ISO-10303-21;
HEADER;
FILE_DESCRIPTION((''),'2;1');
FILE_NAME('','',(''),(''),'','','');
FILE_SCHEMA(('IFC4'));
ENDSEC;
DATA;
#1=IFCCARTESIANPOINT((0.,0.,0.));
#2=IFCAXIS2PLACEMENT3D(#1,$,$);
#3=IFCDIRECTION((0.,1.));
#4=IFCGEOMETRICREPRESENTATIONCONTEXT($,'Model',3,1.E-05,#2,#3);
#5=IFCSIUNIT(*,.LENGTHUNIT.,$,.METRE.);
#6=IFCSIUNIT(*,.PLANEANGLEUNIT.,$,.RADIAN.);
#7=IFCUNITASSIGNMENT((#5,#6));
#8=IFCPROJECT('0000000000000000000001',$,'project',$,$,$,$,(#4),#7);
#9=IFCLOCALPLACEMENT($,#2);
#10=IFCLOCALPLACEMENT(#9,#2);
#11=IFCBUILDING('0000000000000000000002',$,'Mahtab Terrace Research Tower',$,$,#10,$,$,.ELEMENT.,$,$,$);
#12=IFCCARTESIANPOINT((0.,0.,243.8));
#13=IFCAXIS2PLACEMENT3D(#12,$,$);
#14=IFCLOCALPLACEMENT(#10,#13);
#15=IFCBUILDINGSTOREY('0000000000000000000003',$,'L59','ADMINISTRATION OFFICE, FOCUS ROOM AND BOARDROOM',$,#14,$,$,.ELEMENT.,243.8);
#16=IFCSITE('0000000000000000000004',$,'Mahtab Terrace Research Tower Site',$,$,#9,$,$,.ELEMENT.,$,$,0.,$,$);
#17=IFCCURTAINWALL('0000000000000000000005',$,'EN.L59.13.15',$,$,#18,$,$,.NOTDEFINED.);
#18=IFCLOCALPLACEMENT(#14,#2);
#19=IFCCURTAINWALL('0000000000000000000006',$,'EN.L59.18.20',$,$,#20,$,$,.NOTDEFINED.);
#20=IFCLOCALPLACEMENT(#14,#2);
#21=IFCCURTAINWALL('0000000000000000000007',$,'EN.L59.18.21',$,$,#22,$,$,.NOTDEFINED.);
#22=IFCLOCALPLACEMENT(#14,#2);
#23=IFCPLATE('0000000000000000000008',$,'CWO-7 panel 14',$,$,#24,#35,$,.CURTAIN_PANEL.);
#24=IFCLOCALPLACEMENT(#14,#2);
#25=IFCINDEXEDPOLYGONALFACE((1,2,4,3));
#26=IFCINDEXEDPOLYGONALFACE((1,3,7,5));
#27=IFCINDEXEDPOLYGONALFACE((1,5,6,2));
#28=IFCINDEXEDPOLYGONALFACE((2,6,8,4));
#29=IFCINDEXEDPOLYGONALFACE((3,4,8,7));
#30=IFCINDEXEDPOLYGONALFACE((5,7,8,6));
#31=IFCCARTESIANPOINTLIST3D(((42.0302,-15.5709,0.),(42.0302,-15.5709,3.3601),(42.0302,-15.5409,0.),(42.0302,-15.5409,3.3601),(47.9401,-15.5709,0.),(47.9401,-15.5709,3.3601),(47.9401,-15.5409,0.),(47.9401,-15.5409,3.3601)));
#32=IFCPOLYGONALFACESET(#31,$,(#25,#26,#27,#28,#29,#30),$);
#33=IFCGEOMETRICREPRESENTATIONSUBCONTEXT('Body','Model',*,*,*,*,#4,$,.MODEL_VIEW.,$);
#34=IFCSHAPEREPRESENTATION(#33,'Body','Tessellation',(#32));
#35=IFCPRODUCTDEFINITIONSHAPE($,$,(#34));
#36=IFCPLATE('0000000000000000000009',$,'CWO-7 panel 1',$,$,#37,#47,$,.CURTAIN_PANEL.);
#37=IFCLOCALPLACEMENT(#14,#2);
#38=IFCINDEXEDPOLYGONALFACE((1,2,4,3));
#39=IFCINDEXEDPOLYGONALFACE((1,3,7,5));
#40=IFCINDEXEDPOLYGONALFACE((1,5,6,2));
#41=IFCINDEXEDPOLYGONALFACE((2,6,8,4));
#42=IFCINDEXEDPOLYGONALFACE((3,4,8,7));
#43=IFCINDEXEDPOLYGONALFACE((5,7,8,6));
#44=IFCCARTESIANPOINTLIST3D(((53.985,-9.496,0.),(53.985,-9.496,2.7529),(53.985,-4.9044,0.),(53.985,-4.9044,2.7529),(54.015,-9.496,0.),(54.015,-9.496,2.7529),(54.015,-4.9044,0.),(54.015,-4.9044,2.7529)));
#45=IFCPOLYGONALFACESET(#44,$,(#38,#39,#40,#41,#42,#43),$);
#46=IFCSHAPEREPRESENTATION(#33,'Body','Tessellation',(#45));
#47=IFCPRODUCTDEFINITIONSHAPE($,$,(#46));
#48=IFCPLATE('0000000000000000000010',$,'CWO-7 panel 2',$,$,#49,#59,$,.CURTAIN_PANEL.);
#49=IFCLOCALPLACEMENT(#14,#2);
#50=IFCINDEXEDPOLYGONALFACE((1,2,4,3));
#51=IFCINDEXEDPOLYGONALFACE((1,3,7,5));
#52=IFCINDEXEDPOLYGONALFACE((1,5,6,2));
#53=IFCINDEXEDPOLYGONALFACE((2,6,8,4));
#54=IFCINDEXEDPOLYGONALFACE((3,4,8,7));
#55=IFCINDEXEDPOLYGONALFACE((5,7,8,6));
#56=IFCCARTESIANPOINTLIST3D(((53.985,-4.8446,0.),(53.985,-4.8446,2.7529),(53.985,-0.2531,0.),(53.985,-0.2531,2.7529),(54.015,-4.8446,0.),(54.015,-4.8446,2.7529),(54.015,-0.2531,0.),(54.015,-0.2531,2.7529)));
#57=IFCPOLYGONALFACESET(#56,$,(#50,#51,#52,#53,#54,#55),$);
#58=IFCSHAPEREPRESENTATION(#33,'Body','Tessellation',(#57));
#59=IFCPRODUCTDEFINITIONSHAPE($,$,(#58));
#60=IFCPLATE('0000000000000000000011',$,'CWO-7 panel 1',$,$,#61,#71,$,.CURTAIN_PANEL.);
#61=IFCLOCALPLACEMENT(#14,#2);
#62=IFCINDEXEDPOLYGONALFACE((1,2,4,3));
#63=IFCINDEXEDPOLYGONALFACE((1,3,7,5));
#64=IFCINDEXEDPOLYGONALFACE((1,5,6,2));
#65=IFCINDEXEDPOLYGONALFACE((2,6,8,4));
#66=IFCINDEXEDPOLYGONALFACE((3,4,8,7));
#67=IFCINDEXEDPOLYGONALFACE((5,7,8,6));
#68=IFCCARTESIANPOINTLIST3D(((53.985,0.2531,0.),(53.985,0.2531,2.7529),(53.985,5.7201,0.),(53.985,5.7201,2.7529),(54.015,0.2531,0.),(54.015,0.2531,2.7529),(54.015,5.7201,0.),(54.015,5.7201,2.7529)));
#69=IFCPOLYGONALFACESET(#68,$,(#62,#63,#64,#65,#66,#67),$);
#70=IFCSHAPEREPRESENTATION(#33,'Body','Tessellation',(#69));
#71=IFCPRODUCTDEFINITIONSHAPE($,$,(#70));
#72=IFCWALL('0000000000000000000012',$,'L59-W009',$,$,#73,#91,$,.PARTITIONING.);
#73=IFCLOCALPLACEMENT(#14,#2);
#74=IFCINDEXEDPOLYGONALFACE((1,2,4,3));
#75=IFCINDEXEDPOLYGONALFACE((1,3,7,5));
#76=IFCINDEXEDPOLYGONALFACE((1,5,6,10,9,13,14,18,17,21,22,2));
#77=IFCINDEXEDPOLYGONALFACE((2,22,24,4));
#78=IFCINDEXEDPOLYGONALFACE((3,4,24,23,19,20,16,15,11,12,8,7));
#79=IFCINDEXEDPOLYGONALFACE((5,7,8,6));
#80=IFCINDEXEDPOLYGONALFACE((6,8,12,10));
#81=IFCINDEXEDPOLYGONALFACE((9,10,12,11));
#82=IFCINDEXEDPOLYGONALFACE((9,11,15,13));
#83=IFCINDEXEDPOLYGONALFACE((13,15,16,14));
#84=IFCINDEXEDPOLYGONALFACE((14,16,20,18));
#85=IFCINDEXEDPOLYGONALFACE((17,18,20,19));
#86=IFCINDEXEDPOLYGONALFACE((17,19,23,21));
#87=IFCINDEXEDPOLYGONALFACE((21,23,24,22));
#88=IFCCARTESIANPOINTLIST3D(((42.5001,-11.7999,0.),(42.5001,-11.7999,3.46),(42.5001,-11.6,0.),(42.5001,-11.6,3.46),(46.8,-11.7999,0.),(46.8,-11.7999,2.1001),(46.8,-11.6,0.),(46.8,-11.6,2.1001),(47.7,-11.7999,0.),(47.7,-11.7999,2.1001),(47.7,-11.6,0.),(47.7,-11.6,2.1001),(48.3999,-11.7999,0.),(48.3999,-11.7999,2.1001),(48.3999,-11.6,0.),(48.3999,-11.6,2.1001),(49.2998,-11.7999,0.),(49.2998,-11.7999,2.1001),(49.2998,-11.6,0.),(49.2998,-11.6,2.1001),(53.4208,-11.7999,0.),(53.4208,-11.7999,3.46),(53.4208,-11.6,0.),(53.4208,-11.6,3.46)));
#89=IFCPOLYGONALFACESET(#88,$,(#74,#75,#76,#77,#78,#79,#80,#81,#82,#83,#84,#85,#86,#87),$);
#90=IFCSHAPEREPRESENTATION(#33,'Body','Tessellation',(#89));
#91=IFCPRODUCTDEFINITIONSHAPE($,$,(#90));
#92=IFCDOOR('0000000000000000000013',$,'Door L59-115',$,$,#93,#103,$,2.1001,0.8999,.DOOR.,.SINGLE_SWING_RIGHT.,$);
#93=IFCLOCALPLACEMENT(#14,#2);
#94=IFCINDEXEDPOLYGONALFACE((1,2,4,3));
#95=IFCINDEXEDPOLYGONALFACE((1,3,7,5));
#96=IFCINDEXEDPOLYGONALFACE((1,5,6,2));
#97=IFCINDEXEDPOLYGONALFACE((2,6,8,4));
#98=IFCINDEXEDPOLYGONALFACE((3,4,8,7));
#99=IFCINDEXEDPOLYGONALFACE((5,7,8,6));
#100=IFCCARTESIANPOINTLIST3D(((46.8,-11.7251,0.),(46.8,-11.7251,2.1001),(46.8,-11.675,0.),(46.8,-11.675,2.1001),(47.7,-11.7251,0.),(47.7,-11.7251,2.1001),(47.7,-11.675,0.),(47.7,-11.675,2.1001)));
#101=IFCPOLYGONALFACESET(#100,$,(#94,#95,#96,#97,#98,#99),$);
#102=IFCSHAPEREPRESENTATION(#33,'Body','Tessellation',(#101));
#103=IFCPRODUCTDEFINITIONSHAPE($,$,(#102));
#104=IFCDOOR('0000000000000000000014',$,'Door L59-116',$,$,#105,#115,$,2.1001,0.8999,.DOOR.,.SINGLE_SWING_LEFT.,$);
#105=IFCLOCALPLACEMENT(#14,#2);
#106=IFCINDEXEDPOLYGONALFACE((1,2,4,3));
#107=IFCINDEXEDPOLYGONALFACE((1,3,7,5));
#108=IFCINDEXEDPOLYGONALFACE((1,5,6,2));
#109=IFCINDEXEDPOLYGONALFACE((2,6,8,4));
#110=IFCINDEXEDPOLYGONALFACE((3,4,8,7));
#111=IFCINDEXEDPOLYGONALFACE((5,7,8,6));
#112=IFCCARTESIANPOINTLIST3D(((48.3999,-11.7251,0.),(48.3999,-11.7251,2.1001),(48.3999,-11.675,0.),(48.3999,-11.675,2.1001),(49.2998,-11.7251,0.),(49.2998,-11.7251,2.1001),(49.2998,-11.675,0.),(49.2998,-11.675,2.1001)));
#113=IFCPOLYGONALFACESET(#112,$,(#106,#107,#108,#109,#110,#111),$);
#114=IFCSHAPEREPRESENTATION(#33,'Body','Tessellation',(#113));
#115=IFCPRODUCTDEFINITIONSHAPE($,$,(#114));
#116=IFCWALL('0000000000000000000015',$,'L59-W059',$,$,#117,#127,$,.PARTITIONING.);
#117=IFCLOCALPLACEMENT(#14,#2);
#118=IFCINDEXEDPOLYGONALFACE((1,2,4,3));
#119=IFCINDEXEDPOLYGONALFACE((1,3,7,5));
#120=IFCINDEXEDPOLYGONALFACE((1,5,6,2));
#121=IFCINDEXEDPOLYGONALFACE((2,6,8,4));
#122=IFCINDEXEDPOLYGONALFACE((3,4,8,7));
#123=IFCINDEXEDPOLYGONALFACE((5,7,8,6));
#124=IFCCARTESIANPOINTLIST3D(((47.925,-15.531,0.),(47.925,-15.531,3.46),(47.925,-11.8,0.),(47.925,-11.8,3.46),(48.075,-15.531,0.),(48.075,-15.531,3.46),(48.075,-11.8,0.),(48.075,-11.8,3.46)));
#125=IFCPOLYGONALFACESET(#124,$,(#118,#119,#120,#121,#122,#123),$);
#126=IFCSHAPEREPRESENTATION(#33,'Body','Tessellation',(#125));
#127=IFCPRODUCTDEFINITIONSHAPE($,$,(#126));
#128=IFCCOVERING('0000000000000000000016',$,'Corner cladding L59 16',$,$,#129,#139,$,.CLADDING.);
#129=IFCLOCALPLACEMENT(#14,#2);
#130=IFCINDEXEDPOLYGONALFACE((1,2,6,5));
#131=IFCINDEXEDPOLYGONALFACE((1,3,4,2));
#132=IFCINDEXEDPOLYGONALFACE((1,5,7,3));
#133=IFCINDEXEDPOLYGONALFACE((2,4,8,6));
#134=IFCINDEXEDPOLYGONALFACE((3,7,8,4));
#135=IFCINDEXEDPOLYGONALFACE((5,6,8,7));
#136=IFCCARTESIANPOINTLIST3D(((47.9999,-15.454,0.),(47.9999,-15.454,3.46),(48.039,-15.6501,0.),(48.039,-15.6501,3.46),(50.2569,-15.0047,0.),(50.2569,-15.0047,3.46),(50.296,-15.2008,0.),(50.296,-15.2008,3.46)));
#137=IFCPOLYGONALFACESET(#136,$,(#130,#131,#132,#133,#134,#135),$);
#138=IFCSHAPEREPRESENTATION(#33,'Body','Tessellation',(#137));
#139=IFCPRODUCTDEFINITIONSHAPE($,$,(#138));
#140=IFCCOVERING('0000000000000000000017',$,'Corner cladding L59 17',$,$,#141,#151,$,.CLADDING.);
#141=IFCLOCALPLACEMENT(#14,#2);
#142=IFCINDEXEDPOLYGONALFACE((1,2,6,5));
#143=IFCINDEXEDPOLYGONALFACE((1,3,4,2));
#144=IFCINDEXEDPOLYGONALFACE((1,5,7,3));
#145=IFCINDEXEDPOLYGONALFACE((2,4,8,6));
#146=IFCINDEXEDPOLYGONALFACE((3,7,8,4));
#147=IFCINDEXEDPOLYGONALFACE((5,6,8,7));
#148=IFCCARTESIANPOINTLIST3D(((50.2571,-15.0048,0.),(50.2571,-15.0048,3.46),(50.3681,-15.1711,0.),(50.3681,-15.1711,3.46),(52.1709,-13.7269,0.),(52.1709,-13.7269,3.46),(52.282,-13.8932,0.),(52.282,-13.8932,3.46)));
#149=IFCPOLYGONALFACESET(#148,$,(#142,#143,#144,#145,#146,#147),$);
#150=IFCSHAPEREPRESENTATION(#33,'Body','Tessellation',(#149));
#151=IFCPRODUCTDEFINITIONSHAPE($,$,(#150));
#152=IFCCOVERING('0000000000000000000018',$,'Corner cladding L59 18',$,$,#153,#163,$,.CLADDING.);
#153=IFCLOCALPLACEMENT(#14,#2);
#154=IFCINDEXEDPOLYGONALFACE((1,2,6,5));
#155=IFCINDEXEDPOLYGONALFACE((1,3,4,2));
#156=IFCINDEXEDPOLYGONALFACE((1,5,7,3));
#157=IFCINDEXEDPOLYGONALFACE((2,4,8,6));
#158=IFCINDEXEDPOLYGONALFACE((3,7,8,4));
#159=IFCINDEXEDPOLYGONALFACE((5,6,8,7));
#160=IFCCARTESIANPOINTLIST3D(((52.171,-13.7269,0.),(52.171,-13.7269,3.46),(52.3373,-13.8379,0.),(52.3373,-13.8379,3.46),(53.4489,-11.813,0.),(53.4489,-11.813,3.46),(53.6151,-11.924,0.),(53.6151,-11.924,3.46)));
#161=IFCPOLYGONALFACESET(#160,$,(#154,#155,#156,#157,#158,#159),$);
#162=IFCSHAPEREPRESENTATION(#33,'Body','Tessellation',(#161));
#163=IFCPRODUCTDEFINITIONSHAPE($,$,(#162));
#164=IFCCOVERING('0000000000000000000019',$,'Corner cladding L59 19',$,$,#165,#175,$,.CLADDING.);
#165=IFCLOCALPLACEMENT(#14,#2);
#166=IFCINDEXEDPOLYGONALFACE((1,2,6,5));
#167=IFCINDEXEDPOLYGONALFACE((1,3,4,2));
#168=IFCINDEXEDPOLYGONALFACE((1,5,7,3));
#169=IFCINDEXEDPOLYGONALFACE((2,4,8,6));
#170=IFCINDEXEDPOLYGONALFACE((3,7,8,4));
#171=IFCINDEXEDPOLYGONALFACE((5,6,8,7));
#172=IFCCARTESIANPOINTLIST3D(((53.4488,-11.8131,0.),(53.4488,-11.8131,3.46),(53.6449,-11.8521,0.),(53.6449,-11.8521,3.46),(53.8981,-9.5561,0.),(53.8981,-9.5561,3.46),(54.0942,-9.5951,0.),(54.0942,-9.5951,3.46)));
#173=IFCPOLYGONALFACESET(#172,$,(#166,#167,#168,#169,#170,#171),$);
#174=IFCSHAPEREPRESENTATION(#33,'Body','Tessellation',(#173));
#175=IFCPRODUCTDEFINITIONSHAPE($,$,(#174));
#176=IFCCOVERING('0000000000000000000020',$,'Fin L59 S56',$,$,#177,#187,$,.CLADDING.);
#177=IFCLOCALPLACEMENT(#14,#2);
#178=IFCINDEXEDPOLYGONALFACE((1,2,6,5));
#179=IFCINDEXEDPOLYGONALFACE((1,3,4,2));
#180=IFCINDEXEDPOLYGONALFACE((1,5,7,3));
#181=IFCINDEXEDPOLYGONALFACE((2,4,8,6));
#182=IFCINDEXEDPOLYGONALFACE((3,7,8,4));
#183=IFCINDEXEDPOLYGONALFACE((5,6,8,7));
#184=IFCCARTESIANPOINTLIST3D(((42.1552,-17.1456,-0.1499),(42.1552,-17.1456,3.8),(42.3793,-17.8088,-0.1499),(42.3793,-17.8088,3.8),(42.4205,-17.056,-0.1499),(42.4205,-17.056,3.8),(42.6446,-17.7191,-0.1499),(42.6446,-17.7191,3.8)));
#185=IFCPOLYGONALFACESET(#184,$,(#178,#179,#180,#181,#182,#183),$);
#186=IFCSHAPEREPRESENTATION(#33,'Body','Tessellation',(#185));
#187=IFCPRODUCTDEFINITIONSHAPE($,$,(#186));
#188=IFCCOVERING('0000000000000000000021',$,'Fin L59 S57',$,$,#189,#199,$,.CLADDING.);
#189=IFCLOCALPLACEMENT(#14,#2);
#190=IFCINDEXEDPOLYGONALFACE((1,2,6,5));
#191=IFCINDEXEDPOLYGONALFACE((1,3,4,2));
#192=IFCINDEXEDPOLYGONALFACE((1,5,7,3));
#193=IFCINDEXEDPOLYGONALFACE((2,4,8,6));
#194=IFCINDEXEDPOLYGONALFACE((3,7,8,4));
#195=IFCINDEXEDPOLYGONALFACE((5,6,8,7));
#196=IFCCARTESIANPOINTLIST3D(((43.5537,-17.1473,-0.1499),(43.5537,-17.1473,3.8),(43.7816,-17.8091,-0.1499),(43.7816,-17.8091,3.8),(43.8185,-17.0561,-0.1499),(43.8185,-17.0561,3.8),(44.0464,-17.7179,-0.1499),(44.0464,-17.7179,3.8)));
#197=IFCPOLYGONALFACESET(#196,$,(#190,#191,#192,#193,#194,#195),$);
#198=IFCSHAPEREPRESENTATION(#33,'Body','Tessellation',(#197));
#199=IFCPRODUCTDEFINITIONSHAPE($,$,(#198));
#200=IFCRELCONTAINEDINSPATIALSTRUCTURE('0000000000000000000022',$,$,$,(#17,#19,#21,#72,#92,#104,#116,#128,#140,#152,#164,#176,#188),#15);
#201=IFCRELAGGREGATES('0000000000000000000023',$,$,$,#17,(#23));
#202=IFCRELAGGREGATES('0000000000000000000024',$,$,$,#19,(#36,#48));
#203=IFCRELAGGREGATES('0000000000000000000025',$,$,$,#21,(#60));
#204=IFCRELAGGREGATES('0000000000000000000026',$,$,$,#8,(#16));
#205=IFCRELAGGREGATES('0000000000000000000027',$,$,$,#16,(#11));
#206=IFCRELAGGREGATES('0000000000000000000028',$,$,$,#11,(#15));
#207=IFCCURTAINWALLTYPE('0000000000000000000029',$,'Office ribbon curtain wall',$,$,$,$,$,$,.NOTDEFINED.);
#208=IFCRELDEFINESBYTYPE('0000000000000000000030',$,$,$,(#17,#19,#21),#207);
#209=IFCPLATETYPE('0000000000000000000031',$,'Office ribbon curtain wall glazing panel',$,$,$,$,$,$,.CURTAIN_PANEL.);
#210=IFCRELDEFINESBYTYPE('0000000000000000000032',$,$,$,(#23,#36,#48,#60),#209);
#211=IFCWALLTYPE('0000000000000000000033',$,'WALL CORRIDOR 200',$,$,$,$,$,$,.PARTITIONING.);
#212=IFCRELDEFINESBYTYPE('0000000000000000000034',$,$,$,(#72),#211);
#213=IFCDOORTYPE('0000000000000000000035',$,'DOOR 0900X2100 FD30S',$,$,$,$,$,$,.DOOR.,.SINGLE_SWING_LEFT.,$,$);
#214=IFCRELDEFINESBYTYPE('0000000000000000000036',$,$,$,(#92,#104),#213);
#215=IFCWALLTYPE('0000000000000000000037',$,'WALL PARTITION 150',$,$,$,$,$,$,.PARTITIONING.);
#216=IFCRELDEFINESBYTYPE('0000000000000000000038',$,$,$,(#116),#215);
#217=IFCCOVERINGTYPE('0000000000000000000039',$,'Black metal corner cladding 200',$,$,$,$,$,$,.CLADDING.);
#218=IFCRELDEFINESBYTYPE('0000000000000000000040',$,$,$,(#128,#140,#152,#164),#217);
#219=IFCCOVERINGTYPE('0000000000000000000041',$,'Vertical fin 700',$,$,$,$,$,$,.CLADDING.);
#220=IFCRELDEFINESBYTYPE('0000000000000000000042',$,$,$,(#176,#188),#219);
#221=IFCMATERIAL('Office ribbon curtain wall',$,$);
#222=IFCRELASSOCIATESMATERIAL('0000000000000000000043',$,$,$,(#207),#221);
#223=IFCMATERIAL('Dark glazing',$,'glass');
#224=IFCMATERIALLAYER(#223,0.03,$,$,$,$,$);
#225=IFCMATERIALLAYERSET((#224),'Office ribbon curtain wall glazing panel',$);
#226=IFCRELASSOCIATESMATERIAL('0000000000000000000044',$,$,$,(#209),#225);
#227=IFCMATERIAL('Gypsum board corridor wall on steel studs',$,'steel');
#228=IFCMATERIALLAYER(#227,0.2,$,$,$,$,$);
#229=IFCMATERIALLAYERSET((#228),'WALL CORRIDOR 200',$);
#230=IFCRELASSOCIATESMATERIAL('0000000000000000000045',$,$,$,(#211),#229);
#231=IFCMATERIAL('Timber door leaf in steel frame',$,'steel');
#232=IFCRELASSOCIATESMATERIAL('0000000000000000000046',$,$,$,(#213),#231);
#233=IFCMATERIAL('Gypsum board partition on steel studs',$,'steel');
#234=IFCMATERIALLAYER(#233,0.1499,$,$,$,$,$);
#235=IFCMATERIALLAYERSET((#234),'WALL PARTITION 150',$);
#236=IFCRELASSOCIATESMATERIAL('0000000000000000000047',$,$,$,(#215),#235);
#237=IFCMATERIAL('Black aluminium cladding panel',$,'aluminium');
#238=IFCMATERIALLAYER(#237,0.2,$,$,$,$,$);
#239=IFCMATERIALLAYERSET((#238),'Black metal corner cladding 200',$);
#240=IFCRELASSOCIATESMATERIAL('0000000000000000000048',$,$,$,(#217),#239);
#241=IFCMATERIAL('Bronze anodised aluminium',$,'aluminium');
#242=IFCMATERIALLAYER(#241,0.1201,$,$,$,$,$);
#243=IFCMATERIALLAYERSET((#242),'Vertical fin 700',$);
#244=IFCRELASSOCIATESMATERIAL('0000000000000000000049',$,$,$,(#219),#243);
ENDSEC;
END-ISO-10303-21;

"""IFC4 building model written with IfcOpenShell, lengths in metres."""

from ifc_helpers import new_model, si_unit, direction, frame, frame_2d, origin, origin_2d, place, context, subcontext, project, spatial, rectangle, extrude, material, layer, layer_set, type_object, element, fill, aggregate, save


model = new_model("IFC4")

# Units and contexts
model_context = context("Model", 3, precision=1e-05, world=origin(), true_north=direction((0.0, 1.0)))
body_context = subcontext(model_context, "Body", "Model", "MODEL_VIEW")
ifc_project = project(units=[si_unit("LENGTHUNIT", "METRE"), si_unit("PLANEANGLEUNIT", "RADIAN")], contexts=[model_context])

# Site, building, storey
site_placement = place(None, origin())
site = spatial("IfcSite", under=ifc_project, at=site_placement, Name="Mahtab Terrace Research Tower Site", CompositionType="ELEMENT", RefElevation=0.0)
building_placement = place(site_placement, origin())
building = spatial("IfcBuilding", under=site, at=building_placement, Name="Mahtab Terrace Research Tower", CompositionType="ELEMENT")
storey_placement = place(building_placement, frame((0.0, 0.0, 243.8)))
storey = spatial("IfcBuildingStorey", under=building, at=storey_placement, Name="L59", Description="ADMINISTRATION OFFICE, FOCUS ROOM AND BOARDROOM", CompositionType="ELEMENT", Elevation=243.8)

# Curtain wall
ifc_material_1 = material(Name="Office ribbon curtain wall")
curtain_wall_type = type_object("IfcCurtainWallType", Name="Office ribbon curtain wall", PredefinedType="NOTDEFINED", material=ifc_material_1)
curtain_wall_1_placement = place(storey_placement, origin())
curtain_wall_1 = element("IfcCurtainWall", 1, at=curtain_wall_1_placement, inside=storey, type_object=curtain_wall_type, Name="EN.L59.13.15", PredefinedType="NOTDEFINED")

# Curtain wall
curtain_wall_2_placement = place(storey_placement, origin())
curtain_wall_2 = element("IfcCurtainWall", 2, at=curtain_wall_2_placement, inside=storey, type_object=curtain_wall_type, Name="EN.L59.18.20", PredefinedType="NOTDEFINED")

# Curtain wall
curtain_wall_3_placement = place(storey_placement, origin())
curtain_wall_3 = element("IfcCurtainWall", 3, at=curtain_wall_3_placement, inside=storey, type_object=curtain_wall_type, Name="EN.L59.18.21", PredefinedType="NOTDEFINED")

# Plates
ifc_material_2 = material(Name="Dark glazing", Category="glass")
ifc_layer_1 = layer(ifc_material_2, 0.03)
ifc_layer_set_1 = layer_set([ifc_layer_1], Name="Office ribbon curtain wall glazing panel")
plate_type = type_object("IfcPlateType", Name="Office ribbon curtain wall glazing panel", PredefinedType="CURTAIN_PANEL", material=ifc_layer_set_1)
plate_1_placement = place(storey_placement, frame((44.9851, -15.5559, 0.0), z_axis=(0.0, 0.0, 1.0), x_axis=(1.0, 0.0, 0.0)))
plate_1 = element("IfcPlate", 4, at=plate_1_placement, type_object=plate_type, Name="CWO-7 panel 14", PredefinedType="CURTAIN_PANEL", context=body_context, shape_type="SweptSolid", body=[
    extrude(rectangle(XDim=5.9099, YDim=0.03, at=origin_2d()), origin(), (0.0, 0.0, 1.0), 3.3601),
])
aggregate(curtain_wall_1, [plate_1])
plate_2_placement = place(storey_placement, frame((54.0, -7.2002, 0.0), z_axis=(0.0, 0.0, 1.0), x_axis=(0.0, 1.0, 0.0)))
plate_2 = element("IfcPlate", 5, at=plate_2_placement, type_object=plate_type, Name="CWO-7 panel 1", PredefinedType="CURTAIN_PANEL", context=body_context, shape_type="SweptSolid", body=[
    extrude(rectangle(XDim=4.5916, YDim=0.03, at=origin_2d()), origin(), (0.0, 0.0, 1.0), 2.7529),
])
plate_3_placement = place(storey_placement, frame((54.0, -2.5488, 0.0), z_axis=(0.0, 0.0, 1.0), x_axis=(0.0, 1.0, 0.0)))
plate_3 = element("IfcPlate", 6, at=plate_3_placement, type_object=plate_type, Name="CWO-7 panel 2", PredefinedType="CURTAIN_PANEL", context=body_context, shape_type="SweptSolid", body=[
    extrude(rectangle(XDim=4.5916, YDim=0.03, at=origin_2d()), origin(), (0.0, 0.0, 1.0), 2.7529),
])
aggregate(curtain_wall_2, [plate_2, plate_3])
plate_4_placement = place(storey_placement, frame((54.0, 2.9866, 0.0), z_axis=(0.0, 0.0, 1.0), x_axis=(0.0, 1.0, 0.0)))
plate_4 = element("IfcPlate", 7, at=plate_4_placement, type_object=plate_type, Name="CWO-7 panel 1", PredefinedType="CURTAIN_PANEL", context=body_context, shape_type="SweptSolid", body=[
    extrude(rectangle(XDim=5.467, YDim=0.03, at=origin_2d()), origin(), (0.0, 0.0, 1.0), 2.7529),
])
aggregate(curtain_wall_3, [plate_4])

# Wall, openings, doors
ifc_material_3 = material(Name="Gypsum board corridor wall on steel studs", Category="steel")
ifc_layer_2 = layer(ifc_material_3, 0.2)
ifc_layer_set_2 = layer_set([ifc_layer_2], Name="WALL CORRIDOR 200")
wall_type_1 = type_object("IfcWallType", Name="WALL CORRIDOR 200", PredefinedType="PARTITIONING", material=ifc_layer_set_2)
wall_1_placement = place(storey_placement, frame((42.5, -11.7, 0.0), z_axis=(0.0, 0.0, 1.0), x_axis=(1.0, 0.0, 0.0)))
wall_1 = element("IfcWall", 8, at=wall_1_placement, inside=storey, type_object=wall_type_1, Name="L59-W009", PredefinedType="PARTITIONING", context=body_context, shape_type="SweptSolid", body=[
    extrude(rectangle(XDim=10.9207, YDim=0.2, at=frame_2d((5.4604, 0.0))), origin(), (0.0, 0.0, 1.0), 3.46),
])
opening_1_placement = place(wall_1_placement, frame((4.3, 0.0, 0.0)))
opening_1 = element("IfcOpeningElement", 9, at=opening_1_placement, cuts=wall_1, PredefinedType="OPENING", context=body_context, shape_type="SweptSolid", body=[
    extrude(rectangle(XDim=0.8999, YDim=2.1001, at=frame_2d((0.45, 1.05))), frame((0.0, 0.1099, 0.0), z_axis=(0.0, -1.0, 0.0), x_axis=(1.0, 0.0, 0.0)), (0.0, 0.0, 1.0), 0.22),
])
opening_2_placement = place(wall_1_placement, frame((5.8999, 0.0, 0.0)))
opening_2 = element("IfcOpeningElement", 10, at=opening_2_placement, cuts=wall_1, PredefinedType="OPENING", context=body_context, shape_type="SweptSolid", body=[
    extrude(rectangle(XDim=0.8999, YDim=2.1001, at=frame_2d((0.45, 1.05))), frame((0.0, 0.1099, 0.0), z_axis=(0.0, -1.0, 0.0), x_axis=(1.0, 0.0, 0.0)), (0.0, 0.0, 1.0), 0.22),
])
ifc_material_4 = material(Name="Timber door leaf in steel frame", Category="steel")
door_type = type_object("IfcDoorType", Name="DOOR 0900X2100 FD30S", OperationType="SINGLE_SWING_LEFT", PredefinedType="DOOR", material=ifc_material_4)
door_1_placement = place(opening_1_placement, origin())
door_1 = element("IfcDoor", 11, at=door_1_placement, inside=storey, type_object=door_type, Name="Door L59-115", OperationType="SINGLE_SWING_RIGHT", OverallHeight=2.1001, OverallWidth=0.8999, PredefinedType="DOOR", context=body_context, shape_type="SweptSolid", body=[
    extrude(rectangle(XDim=0.8999, YDim=2.1001, at=frame_2d((0.45, 1.05))), frame((0.0, 0.0249, 0.0), z_axis=(0.0, -1.0, 0.0), x_axis=(1.0, 0.0, 0.0)), (0.0, 0.0, 1.0), 0.05),
])
fill(opening_1, door_1)
door_2_placement = place(opening_2_placement, origin())
door_2 = element("IfcDoor", 12, at=door_2_placement, inside=storey, type_object=door_type, Name="Door L59-116", OperationType="SINGLE_SWING_LEFT", OverallHeight=2.1001, OverallWidth=0.8999, PredefinedType="DOOR", context=body_context, shape_type="SweptSolid", body=[
    extrude(rectangle(XDim=0.8999, YDim=2.1001, at=frame_2d((0.45, 1.05))), frame((0.0, 0.0249, 0.0), z_axis=(0.0, -1.0, 0.0), x_axis=(1.0, 0.0, 0.0)), (0.0, 0.0, 1.0), 0.05),
])
fill(opening_2, door_2)

# Wall
ifc_material_5 = material(Name="Gypsum board partition on steel studs", Category="steel")
ifc_layer_3 = layer(ifc_material_5, 0.1499)
ifc_layer_set_3 = layer_set([ifc_layer_3], Name="WALL PARTITION 150")
wall_type_2 = type_object("IfcWallType", Name="WALL PARTITION 150", PredefinedType="PARTITIONING", material=ifc_layer_set_3)
wall_2_placement = place(storey_placement, frame((48.0, -15.531, 0.0), z_axis=(0.0, 0.0, 1.0), x_axis=(0.0, 1.0, 0.0)))
element("IfcWall", 13, at=wall_2_placement, inside=storey, type_object=wall_type_2, Name="L59-W059", PredefinedType="PARTITIONING", context=body_context, shape_type="SweptSolid", body=[
    extrude(rectangle(XDim=3.731, YDim=0.1499, at=frame_2d((1.8655, 0.0))), origin(), (0.0, 0.0, 1.0), 3.46),
])

# Coverings
ifc_material_6 = material(Name="Black aluminium cladding panel", Category="aluminium")
ifc_layer_4 = layer(ifc_material_6, 0.2)
ifc_layer_set_4 = layer_set([ifc_layer_4], Name="Black metal corner cladding 200")
covering_type_1 = type_object("IfcCoveringType", Name="Black metal corner cladding 200", PredefinedType="CLADDING", material=ifc_layer_set_4)
for number, where, z_axis, x_axis, name in (
    (14, (49.1479, -15.3274, 0.0), (0.0, 0.0, 1.0), (0.980761, 0.195212, 0.0), "Corner cladding L59 16"),
    (15, (51.2695, -14.449, 0.0), (0.0, 0.0, 1.0), (0.831656, 0.555291, 0.0), "Corner cladding L59 17"),
    (16, (52.8931, -12.8254, 0.0), (0.0, 0.0, 1.0), (0.555291, 0.831656, 0.0), "Corner cladding L59 18"),
    (17, (53.7715, -10.7041, 0.0), (0.0, 0.0, 1.0), (0.195212, 0.980761, 0.0), "Corner cladding L59 19"),
):
    element("IfcCovering", number, at=place(storey_placement, frame(where, z_axis=z_axis, x_axis=x_axis)), inside=storey, type_object=covering_type_1, Name=name, PredefinedType="CLADDING", context=body_context, shape_type="SweptSolid", body=[
        extrude(rectangle(XDim=2.3013, YDim=0.2, at=origin_2d()), origin(), (0.0, 0.0, 1.0), 3.46),
    ])
ifc_material_7 = material(Name="Bronze anodised aluminium", Category="aluminium")
ifc_layer_5 = layer(ifc_material_7, 0.1201)
ifc_layer_set_5 = layer_set([ifc_layer_5], Name="Vertical fin 700")
covering_type_2 = type_object("IfcCoveringType", Name="Vertical fin 700", PredefinedType="CLADDING", material=ifc_layer_set_5)
for number, where, z_axis, x_axis, name in (
    (18, (42.3999, -17.4324, -0.1499), (0.0, 0.0, 1.0), (0.947397, 0.320062, 0.0), "Fin L59 S56"),
    (19, (43.8, -17.4326, -0.1499), (0.0, 0.0, 1.0), (0.945519, 0.325568, 0.0), "Fin L59 S57"),
):
    element("IfcCovering", number, at=place(storey_placement, frame(where, z_axis=z_axis, x_axis=x_axis)), inside=storey, type_object=covering_type_2, Name=name, PredefinedType="CLADDING", context=body_context, shape_type="SweptSolid", body=[
        extrude(rectangle(XDim=0.28, YDim=0.7, at=origin_2d()), origin(), (0.0, 0.0, 1.0), 3.95),
    ])

save(model, "model.ifc")
